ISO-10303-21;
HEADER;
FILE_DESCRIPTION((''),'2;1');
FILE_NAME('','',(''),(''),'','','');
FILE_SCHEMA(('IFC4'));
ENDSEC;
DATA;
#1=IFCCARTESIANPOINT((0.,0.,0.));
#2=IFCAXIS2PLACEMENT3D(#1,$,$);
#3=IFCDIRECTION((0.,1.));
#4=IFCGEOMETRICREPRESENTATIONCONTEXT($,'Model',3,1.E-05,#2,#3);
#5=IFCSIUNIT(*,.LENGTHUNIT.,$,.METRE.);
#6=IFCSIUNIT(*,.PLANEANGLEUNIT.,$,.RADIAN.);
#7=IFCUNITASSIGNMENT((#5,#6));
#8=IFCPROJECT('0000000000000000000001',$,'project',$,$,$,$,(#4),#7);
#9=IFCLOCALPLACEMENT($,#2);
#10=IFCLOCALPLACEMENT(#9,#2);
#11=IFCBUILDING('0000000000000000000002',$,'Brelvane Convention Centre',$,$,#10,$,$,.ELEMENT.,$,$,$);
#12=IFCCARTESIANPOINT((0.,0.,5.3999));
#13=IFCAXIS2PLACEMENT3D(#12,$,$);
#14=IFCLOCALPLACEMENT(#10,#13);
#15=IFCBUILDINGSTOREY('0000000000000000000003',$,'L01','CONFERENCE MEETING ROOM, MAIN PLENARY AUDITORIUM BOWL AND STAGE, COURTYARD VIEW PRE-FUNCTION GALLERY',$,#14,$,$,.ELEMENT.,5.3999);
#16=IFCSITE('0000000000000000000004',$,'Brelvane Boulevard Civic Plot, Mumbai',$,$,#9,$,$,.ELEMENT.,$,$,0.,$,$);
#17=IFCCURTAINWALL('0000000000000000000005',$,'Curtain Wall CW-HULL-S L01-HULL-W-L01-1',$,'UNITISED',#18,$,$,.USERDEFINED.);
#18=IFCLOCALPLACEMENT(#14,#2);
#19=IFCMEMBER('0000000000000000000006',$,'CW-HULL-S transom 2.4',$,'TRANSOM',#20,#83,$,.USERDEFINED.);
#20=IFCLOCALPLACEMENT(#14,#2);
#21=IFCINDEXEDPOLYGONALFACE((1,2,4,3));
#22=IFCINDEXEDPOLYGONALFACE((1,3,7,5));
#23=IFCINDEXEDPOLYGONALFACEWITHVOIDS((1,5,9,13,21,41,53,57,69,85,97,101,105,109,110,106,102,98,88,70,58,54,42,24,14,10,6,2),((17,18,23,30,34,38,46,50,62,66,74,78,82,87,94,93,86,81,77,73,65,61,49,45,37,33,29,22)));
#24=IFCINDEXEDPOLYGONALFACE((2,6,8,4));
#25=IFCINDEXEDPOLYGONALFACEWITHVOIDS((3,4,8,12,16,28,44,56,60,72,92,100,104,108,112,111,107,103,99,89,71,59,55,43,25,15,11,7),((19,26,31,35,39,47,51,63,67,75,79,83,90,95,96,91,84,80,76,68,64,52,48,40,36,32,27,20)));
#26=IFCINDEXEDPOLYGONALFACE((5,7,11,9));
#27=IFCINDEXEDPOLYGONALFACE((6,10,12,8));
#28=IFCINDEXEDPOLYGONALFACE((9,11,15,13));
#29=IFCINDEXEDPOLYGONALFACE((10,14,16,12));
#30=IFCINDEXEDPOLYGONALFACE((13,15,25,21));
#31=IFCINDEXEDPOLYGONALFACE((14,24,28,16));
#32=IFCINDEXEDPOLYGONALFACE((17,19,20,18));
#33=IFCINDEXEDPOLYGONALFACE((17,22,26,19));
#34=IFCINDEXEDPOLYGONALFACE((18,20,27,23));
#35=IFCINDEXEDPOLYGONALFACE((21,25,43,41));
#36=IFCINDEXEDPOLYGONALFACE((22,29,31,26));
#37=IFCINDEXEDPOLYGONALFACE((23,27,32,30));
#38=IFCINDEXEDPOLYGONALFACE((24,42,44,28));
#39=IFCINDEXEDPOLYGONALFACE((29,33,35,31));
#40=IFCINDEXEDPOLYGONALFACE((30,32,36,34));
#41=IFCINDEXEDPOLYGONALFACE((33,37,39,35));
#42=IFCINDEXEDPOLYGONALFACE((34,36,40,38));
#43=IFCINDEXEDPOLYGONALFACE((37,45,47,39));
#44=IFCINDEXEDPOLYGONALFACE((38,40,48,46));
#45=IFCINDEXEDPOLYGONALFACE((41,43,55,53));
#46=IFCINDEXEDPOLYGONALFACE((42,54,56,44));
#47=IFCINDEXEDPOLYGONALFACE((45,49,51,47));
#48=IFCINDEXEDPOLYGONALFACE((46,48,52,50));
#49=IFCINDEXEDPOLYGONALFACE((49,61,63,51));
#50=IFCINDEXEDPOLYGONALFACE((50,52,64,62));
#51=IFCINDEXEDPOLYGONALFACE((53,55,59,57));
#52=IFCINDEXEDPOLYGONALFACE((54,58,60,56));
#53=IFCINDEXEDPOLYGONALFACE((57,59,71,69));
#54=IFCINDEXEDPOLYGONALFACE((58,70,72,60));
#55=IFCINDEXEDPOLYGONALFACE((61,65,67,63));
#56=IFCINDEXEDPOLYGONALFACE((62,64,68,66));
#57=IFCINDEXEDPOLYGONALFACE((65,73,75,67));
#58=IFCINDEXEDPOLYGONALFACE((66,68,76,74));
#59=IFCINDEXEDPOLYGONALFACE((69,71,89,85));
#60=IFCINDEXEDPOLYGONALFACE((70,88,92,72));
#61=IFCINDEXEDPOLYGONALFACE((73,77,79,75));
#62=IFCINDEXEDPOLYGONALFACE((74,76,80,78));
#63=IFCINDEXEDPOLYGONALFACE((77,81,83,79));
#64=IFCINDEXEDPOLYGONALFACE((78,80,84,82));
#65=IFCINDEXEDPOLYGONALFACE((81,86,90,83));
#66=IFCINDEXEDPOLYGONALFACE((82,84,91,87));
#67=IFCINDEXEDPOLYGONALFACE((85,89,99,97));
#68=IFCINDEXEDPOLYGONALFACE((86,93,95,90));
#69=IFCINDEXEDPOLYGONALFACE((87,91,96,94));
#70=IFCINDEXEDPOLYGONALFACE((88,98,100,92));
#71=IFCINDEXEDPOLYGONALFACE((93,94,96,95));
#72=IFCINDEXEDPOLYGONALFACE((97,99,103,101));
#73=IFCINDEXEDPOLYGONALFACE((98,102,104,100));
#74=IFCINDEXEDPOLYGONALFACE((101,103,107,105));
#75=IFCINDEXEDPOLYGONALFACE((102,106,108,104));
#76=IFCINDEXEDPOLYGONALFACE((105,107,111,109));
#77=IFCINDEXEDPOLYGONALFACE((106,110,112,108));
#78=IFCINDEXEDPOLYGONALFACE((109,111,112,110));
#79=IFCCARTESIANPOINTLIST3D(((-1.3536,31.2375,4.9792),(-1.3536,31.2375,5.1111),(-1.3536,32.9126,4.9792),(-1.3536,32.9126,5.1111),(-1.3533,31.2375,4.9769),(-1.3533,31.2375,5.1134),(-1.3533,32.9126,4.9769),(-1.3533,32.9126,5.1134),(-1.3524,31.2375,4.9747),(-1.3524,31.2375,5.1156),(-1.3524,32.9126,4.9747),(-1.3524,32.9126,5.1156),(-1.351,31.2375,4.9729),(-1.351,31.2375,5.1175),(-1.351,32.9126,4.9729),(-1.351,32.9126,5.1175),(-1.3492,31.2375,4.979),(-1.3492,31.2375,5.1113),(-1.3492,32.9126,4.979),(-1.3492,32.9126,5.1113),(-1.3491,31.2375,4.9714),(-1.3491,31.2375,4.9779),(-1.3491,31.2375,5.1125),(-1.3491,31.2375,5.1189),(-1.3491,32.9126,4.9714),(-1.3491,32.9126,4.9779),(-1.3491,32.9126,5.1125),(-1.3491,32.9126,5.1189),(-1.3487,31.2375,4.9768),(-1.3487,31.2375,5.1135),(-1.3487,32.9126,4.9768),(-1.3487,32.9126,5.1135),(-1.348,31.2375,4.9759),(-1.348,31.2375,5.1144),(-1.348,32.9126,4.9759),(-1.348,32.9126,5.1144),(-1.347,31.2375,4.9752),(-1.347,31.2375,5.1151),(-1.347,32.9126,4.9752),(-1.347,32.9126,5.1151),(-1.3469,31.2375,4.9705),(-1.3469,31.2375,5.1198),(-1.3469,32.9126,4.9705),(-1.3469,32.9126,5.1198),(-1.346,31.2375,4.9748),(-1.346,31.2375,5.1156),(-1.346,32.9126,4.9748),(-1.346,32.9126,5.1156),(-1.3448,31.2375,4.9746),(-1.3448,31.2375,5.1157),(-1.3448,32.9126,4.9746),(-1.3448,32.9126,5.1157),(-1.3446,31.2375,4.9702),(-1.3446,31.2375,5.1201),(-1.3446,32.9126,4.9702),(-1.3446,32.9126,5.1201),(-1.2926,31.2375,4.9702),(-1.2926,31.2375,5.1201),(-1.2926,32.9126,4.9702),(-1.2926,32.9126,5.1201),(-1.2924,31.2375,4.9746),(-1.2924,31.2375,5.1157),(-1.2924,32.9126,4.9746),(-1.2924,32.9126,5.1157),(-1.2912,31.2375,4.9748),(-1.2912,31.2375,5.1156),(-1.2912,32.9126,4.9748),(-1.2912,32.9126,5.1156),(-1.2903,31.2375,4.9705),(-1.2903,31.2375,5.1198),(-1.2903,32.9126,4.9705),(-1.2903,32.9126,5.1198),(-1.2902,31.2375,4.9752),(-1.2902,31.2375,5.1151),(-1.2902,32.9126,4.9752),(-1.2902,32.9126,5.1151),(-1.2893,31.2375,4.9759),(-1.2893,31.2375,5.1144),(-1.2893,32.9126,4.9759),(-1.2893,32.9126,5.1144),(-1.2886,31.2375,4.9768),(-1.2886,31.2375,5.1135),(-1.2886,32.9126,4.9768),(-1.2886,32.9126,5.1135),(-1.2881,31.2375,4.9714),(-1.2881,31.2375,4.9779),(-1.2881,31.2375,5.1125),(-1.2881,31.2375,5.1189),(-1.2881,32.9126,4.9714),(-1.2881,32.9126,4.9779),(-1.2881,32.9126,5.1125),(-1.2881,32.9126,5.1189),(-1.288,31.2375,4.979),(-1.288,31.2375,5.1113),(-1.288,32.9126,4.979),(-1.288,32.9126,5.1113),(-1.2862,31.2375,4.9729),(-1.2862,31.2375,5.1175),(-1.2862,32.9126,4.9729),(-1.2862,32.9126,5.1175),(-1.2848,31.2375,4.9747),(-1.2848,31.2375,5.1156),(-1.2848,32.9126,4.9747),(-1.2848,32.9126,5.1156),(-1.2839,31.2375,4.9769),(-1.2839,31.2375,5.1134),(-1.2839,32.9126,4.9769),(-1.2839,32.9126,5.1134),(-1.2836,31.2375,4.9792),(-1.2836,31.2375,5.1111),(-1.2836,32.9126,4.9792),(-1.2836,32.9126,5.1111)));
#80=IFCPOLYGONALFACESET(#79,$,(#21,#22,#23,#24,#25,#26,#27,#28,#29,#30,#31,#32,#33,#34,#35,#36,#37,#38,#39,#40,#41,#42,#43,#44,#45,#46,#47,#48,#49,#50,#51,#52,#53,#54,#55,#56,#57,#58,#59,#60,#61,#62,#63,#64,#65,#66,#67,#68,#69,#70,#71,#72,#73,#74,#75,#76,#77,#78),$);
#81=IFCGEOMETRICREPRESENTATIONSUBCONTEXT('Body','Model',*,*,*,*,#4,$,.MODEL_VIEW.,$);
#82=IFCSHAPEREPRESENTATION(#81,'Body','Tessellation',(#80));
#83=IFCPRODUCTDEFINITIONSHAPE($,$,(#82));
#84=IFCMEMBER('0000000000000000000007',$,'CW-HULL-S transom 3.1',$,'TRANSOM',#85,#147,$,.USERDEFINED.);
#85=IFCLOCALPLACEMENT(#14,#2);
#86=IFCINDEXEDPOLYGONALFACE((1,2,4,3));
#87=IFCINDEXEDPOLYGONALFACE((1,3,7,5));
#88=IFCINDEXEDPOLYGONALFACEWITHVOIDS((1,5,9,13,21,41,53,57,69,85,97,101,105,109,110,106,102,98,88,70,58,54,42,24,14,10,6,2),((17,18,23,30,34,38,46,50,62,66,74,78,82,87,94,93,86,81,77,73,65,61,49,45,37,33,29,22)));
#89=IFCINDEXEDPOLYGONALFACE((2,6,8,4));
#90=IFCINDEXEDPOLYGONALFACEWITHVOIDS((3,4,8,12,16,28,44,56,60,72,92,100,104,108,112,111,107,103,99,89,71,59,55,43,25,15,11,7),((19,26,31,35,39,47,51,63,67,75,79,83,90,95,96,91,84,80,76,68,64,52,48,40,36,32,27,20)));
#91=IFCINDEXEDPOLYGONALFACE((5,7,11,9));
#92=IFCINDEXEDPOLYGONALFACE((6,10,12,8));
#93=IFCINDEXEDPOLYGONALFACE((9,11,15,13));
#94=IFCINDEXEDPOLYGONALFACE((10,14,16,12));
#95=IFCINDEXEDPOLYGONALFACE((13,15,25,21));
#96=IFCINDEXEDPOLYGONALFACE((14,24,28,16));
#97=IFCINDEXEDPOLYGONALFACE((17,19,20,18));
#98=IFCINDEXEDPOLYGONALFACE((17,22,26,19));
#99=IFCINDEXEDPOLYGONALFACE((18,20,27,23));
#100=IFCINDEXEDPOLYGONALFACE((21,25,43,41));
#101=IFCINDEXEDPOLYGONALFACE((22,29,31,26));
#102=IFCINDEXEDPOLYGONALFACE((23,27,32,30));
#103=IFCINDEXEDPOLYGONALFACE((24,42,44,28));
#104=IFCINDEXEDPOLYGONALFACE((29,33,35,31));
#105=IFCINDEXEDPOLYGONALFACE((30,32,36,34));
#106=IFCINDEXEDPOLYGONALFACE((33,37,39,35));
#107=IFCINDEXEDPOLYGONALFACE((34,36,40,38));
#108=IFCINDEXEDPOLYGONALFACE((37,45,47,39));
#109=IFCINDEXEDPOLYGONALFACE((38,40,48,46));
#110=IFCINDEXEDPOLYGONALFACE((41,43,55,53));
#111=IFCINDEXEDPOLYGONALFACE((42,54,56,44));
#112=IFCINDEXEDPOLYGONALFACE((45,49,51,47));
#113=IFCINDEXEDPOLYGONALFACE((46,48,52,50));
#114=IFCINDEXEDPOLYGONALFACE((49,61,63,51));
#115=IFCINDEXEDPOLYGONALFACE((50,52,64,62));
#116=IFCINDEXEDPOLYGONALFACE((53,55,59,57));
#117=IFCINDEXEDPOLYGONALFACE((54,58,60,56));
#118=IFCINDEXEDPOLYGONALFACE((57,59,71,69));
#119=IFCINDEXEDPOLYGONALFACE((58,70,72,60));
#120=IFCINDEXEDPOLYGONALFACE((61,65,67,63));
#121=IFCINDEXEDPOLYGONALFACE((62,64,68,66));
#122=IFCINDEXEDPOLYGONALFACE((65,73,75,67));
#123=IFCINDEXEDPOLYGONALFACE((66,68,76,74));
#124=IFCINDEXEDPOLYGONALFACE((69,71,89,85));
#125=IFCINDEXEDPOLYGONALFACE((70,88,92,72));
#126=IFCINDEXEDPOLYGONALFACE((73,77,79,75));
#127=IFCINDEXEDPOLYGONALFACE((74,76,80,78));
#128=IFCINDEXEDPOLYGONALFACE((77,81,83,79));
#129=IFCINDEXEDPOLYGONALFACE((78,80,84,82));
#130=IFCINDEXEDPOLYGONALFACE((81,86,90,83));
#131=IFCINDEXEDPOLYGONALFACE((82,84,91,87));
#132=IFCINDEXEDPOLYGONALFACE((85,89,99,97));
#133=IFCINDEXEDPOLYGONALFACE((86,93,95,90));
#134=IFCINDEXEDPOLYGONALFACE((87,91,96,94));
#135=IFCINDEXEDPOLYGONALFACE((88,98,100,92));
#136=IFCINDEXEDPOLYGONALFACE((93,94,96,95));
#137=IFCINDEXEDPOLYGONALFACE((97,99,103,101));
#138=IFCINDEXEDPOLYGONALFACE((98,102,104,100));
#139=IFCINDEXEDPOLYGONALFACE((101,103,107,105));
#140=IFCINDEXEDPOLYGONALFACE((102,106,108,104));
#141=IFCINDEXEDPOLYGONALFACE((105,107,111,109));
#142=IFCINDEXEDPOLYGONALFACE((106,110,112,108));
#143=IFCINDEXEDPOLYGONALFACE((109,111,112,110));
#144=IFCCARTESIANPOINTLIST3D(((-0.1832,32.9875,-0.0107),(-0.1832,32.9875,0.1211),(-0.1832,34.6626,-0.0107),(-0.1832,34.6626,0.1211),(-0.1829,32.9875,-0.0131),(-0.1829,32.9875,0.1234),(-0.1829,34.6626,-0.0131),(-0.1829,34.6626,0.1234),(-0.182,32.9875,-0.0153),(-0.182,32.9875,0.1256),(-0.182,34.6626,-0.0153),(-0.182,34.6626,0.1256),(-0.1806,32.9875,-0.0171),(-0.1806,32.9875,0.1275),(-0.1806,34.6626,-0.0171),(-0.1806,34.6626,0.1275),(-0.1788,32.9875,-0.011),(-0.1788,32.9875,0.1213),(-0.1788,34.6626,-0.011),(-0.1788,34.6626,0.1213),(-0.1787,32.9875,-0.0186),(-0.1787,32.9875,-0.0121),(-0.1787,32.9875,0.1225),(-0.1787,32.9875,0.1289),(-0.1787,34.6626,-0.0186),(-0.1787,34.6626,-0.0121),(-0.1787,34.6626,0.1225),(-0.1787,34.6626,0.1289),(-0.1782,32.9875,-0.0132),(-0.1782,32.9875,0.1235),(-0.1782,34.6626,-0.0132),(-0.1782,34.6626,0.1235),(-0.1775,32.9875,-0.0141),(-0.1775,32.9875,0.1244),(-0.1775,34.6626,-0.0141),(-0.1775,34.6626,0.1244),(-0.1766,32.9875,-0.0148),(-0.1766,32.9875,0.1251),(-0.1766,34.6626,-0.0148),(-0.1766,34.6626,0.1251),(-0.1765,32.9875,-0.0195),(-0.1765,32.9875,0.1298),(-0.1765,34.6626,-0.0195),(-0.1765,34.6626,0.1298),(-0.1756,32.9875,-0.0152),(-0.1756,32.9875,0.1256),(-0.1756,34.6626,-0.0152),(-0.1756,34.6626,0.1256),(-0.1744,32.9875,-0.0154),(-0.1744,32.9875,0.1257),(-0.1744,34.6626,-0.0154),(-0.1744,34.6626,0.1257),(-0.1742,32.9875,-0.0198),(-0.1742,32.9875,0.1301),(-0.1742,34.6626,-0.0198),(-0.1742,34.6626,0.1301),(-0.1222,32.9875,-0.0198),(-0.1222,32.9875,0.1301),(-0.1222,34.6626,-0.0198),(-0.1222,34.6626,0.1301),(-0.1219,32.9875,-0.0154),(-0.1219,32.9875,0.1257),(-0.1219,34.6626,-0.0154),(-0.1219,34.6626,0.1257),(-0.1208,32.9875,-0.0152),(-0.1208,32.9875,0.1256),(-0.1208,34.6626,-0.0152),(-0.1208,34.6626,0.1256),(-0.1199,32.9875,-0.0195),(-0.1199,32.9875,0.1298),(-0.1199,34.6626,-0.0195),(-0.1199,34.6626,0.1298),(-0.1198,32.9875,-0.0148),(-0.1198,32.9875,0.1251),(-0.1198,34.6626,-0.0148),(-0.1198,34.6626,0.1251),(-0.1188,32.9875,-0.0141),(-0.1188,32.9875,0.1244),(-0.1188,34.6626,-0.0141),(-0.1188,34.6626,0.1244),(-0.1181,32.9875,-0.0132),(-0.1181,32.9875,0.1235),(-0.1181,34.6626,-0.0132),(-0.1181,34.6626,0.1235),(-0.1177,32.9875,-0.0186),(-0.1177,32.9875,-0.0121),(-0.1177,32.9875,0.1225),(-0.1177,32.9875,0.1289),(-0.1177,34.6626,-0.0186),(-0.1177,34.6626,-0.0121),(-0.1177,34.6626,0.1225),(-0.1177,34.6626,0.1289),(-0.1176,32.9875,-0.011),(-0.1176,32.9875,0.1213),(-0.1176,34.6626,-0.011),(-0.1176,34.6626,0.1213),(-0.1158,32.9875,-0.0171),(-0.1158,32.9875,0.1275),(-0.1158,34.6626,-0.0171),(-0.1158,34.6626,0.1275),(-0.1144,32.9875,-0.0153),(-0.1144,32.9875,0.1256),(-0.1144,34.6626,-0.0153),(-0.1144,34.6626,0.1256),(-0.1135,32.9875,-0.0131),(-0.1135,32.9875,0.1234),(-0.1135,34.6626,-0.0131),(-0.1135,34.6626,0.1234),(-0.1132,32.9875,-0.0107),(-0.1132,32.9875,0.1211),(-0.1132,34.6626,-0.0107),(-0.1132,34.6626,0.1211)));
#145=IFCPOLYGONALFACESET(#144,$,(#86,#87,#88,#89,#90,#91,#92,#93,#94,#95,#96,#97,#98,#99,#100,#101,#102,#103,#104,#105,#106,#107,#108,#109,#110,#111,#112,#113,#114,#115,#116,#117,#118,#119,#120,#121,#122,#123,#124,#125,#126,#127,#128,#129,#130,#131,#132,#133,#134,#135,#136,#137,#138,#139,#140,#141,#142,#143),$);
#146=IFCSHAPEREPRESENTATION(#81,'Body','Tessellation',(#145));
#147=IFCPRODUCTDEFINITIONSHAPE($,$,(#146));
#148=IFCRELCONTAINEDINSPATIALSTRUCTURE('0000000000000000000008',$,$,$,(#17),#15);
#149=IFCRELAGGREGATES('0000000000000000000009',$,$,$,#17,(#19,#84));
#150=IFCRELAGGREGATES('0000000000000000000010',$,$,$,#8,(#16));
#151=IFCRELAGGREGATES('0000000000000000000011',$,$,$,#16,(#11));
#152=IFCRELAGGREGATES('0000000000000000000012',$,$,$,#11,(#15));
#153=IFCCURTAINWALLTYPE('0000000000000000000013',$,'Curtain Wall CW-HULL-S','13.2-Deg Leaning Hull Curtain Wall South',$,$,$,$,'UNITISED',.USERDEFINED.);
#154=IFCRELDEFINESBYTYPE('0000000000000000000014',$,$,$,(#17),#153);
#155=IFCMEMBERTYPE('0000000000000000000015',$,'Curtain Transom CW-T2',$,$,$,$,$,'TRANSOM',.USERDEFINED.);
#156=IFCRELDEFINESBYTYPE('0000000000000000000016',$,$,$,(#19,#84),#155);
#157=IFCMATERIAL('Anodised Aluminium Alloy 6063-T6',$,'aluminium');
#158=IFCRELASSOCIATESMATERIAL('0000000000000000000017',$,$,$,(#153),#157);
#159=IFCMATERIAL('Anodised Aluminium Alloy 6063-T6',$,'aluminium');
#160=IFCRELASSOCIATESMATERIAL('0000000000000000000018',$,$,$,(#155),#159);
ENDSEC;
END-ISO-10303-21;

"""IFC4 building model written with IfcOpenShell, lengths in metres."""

from ifc_helpers import new_model, si_unit, direction, frame, origin, origin_2d, place, context, subcontext, project, spatial, hollow_rectangle, extrude, material, material_profile, profile_set, type_object, element, aggregate, save


model = new_model("IFC4")

# Units and contexts
model_context = context("Model", 3, precision=1e-05, world=origin(), true_north=direction((0.0, 1.0)))
body_context = subcontext(model_context, "Body", "Model", "MODEL_VIEW")
ifc_project = project(units=[si_unit("LENGTHUNIT", "METRE"), si_unit("PLANEANGLEUNIT", "RADIAN")], contexts=[model_context])

# Site, building, storey
site_placement = place(None, origin())
site = spatial("IfcSite", under=ifc_project, at=site_placement, Name="Brelvane Boulevard Civic Plot, Mumbai", CompositionType="ELEMENT", RefElevation=0.0)
building_placement = place(site_placement, origin())
building = spatial("IfcBuilding", under=site, at=building_placement, Name="Brelvane Convention Centre", CompositionType="ELEMENT")
storey_placement = place(building_placement, frame((0.0, 0.0, 5.3999)))
storey = spatial("IfcBuildingStorey", under=building, at=storey_placement, Name="L01", Description="CONFERENCE MEETING ROOM, MAIN PLENARY AUDITORIUM BOWL AND STAGE, COURTYARD VIEW PRE-FUNCTION GALLERY", CompositionType="ELEMENT", Elevation=5.3999)

# Curtain wall, members
ifc_material_1 = material(Name="Anodised Aluminium Alloy 6063-T6", Category="aluminium")
curtain_wall_type = type_object("IfcCurtainWallType", Name="Curtain Wall CW-HULL-S", Description="13.2-Deg Leaning Hull Curtain Wall South", ElementType="UNITISED", PredefinedType="USERDEFINED", material=ifc_material_1)
curtain_wall_placement = place(storey_placement, origin())
curtain_wall = element("IfcCurtainWall", 1, at=curtain_wall_placement, inside=storey, type_object=curtain_wall_type, Name="Curtain Wall CW-HULL-S L01-HULL-W-L01-1", ObjectType="UNITISED", PredefinedType="USERDEFINED")
ifc_material_2 = material(Name="Anodised Aluminium Alloy 6063-T6", Category="aluminium")
ifc_material_profile_1 = material_profile(ifc_material_2, hollow_rectangle(XDim=0.0701, YDim=0.1499, WallThickness=0.0044, InnerFilletRadius=0.0044, OuterFilletRadius=0.009, at=origin_2d()), Name="ALU-T 150x70x4.5")
ifc_profile_set_1 = profile_set([ifc_material_profile_1], Name="Anodised Aluminium Alloy 6063-T6")
member_type_1 = type_object("IfcMemberType", Name="Curtain Transom CW-T2", ElementType="TRANSOM", PredefinedType="USERDEFINED", material=ifc_profile_set_1)
member_1_placement = place(storey_placement, frame((-1.3186, 31.2375, 5.0452), z_axis=(0.0, 1.0, 0.0), x_axis=(-1.0, 0.0, 0.0)))
member_1 = element("IfcMember", 2, at=member_1_placement, type_object=member_type_1, Name="CW-HULL-S transom 2.4", ObjectType="TRANSOM", PredefinedType="USERDEFINED", context=body_context, shape_type="SweptSolid", body=[
    extrude(hollow_rectangle(XDim=0.0701, YDim=0.1499, WallThickness=0.0044, InnerFilletRadius=0.0044, OuterFilletRadius=0.009, at=origin_2d()), origin(), (0.0, 0.0, 1.0), 1.675),
])
member_2_placement = place(storey_placement, frame((-0.1482, 32.9875, 0.0552), z_axis=(0.0, 1.0, 0.0), x_axis=(-1.0, 0.0, 0.0)))
member_2 = element("IfcMember", 3, at=member_2_placement, type_object=member_type_1, Name="CW-HULL-S transom 3.1", ObjectType="TRANSOM", PredefinedType="USERDEFINED", context=body_context, shape_type="SweptSolid", body=[
    extrude(hollow_rectangle(XDim=0.0701, YDim=0.1499, WallThickness=0.0044, InnerFilletRadius=0.0044, OuterFilletRadius=0.009, at=origin_2d()), origin(), (0.0, 0.0, 1.0), 1.675),
])
aggregate(curtain_wall, [member_1, member_2])

save(model, "model.ifc")
